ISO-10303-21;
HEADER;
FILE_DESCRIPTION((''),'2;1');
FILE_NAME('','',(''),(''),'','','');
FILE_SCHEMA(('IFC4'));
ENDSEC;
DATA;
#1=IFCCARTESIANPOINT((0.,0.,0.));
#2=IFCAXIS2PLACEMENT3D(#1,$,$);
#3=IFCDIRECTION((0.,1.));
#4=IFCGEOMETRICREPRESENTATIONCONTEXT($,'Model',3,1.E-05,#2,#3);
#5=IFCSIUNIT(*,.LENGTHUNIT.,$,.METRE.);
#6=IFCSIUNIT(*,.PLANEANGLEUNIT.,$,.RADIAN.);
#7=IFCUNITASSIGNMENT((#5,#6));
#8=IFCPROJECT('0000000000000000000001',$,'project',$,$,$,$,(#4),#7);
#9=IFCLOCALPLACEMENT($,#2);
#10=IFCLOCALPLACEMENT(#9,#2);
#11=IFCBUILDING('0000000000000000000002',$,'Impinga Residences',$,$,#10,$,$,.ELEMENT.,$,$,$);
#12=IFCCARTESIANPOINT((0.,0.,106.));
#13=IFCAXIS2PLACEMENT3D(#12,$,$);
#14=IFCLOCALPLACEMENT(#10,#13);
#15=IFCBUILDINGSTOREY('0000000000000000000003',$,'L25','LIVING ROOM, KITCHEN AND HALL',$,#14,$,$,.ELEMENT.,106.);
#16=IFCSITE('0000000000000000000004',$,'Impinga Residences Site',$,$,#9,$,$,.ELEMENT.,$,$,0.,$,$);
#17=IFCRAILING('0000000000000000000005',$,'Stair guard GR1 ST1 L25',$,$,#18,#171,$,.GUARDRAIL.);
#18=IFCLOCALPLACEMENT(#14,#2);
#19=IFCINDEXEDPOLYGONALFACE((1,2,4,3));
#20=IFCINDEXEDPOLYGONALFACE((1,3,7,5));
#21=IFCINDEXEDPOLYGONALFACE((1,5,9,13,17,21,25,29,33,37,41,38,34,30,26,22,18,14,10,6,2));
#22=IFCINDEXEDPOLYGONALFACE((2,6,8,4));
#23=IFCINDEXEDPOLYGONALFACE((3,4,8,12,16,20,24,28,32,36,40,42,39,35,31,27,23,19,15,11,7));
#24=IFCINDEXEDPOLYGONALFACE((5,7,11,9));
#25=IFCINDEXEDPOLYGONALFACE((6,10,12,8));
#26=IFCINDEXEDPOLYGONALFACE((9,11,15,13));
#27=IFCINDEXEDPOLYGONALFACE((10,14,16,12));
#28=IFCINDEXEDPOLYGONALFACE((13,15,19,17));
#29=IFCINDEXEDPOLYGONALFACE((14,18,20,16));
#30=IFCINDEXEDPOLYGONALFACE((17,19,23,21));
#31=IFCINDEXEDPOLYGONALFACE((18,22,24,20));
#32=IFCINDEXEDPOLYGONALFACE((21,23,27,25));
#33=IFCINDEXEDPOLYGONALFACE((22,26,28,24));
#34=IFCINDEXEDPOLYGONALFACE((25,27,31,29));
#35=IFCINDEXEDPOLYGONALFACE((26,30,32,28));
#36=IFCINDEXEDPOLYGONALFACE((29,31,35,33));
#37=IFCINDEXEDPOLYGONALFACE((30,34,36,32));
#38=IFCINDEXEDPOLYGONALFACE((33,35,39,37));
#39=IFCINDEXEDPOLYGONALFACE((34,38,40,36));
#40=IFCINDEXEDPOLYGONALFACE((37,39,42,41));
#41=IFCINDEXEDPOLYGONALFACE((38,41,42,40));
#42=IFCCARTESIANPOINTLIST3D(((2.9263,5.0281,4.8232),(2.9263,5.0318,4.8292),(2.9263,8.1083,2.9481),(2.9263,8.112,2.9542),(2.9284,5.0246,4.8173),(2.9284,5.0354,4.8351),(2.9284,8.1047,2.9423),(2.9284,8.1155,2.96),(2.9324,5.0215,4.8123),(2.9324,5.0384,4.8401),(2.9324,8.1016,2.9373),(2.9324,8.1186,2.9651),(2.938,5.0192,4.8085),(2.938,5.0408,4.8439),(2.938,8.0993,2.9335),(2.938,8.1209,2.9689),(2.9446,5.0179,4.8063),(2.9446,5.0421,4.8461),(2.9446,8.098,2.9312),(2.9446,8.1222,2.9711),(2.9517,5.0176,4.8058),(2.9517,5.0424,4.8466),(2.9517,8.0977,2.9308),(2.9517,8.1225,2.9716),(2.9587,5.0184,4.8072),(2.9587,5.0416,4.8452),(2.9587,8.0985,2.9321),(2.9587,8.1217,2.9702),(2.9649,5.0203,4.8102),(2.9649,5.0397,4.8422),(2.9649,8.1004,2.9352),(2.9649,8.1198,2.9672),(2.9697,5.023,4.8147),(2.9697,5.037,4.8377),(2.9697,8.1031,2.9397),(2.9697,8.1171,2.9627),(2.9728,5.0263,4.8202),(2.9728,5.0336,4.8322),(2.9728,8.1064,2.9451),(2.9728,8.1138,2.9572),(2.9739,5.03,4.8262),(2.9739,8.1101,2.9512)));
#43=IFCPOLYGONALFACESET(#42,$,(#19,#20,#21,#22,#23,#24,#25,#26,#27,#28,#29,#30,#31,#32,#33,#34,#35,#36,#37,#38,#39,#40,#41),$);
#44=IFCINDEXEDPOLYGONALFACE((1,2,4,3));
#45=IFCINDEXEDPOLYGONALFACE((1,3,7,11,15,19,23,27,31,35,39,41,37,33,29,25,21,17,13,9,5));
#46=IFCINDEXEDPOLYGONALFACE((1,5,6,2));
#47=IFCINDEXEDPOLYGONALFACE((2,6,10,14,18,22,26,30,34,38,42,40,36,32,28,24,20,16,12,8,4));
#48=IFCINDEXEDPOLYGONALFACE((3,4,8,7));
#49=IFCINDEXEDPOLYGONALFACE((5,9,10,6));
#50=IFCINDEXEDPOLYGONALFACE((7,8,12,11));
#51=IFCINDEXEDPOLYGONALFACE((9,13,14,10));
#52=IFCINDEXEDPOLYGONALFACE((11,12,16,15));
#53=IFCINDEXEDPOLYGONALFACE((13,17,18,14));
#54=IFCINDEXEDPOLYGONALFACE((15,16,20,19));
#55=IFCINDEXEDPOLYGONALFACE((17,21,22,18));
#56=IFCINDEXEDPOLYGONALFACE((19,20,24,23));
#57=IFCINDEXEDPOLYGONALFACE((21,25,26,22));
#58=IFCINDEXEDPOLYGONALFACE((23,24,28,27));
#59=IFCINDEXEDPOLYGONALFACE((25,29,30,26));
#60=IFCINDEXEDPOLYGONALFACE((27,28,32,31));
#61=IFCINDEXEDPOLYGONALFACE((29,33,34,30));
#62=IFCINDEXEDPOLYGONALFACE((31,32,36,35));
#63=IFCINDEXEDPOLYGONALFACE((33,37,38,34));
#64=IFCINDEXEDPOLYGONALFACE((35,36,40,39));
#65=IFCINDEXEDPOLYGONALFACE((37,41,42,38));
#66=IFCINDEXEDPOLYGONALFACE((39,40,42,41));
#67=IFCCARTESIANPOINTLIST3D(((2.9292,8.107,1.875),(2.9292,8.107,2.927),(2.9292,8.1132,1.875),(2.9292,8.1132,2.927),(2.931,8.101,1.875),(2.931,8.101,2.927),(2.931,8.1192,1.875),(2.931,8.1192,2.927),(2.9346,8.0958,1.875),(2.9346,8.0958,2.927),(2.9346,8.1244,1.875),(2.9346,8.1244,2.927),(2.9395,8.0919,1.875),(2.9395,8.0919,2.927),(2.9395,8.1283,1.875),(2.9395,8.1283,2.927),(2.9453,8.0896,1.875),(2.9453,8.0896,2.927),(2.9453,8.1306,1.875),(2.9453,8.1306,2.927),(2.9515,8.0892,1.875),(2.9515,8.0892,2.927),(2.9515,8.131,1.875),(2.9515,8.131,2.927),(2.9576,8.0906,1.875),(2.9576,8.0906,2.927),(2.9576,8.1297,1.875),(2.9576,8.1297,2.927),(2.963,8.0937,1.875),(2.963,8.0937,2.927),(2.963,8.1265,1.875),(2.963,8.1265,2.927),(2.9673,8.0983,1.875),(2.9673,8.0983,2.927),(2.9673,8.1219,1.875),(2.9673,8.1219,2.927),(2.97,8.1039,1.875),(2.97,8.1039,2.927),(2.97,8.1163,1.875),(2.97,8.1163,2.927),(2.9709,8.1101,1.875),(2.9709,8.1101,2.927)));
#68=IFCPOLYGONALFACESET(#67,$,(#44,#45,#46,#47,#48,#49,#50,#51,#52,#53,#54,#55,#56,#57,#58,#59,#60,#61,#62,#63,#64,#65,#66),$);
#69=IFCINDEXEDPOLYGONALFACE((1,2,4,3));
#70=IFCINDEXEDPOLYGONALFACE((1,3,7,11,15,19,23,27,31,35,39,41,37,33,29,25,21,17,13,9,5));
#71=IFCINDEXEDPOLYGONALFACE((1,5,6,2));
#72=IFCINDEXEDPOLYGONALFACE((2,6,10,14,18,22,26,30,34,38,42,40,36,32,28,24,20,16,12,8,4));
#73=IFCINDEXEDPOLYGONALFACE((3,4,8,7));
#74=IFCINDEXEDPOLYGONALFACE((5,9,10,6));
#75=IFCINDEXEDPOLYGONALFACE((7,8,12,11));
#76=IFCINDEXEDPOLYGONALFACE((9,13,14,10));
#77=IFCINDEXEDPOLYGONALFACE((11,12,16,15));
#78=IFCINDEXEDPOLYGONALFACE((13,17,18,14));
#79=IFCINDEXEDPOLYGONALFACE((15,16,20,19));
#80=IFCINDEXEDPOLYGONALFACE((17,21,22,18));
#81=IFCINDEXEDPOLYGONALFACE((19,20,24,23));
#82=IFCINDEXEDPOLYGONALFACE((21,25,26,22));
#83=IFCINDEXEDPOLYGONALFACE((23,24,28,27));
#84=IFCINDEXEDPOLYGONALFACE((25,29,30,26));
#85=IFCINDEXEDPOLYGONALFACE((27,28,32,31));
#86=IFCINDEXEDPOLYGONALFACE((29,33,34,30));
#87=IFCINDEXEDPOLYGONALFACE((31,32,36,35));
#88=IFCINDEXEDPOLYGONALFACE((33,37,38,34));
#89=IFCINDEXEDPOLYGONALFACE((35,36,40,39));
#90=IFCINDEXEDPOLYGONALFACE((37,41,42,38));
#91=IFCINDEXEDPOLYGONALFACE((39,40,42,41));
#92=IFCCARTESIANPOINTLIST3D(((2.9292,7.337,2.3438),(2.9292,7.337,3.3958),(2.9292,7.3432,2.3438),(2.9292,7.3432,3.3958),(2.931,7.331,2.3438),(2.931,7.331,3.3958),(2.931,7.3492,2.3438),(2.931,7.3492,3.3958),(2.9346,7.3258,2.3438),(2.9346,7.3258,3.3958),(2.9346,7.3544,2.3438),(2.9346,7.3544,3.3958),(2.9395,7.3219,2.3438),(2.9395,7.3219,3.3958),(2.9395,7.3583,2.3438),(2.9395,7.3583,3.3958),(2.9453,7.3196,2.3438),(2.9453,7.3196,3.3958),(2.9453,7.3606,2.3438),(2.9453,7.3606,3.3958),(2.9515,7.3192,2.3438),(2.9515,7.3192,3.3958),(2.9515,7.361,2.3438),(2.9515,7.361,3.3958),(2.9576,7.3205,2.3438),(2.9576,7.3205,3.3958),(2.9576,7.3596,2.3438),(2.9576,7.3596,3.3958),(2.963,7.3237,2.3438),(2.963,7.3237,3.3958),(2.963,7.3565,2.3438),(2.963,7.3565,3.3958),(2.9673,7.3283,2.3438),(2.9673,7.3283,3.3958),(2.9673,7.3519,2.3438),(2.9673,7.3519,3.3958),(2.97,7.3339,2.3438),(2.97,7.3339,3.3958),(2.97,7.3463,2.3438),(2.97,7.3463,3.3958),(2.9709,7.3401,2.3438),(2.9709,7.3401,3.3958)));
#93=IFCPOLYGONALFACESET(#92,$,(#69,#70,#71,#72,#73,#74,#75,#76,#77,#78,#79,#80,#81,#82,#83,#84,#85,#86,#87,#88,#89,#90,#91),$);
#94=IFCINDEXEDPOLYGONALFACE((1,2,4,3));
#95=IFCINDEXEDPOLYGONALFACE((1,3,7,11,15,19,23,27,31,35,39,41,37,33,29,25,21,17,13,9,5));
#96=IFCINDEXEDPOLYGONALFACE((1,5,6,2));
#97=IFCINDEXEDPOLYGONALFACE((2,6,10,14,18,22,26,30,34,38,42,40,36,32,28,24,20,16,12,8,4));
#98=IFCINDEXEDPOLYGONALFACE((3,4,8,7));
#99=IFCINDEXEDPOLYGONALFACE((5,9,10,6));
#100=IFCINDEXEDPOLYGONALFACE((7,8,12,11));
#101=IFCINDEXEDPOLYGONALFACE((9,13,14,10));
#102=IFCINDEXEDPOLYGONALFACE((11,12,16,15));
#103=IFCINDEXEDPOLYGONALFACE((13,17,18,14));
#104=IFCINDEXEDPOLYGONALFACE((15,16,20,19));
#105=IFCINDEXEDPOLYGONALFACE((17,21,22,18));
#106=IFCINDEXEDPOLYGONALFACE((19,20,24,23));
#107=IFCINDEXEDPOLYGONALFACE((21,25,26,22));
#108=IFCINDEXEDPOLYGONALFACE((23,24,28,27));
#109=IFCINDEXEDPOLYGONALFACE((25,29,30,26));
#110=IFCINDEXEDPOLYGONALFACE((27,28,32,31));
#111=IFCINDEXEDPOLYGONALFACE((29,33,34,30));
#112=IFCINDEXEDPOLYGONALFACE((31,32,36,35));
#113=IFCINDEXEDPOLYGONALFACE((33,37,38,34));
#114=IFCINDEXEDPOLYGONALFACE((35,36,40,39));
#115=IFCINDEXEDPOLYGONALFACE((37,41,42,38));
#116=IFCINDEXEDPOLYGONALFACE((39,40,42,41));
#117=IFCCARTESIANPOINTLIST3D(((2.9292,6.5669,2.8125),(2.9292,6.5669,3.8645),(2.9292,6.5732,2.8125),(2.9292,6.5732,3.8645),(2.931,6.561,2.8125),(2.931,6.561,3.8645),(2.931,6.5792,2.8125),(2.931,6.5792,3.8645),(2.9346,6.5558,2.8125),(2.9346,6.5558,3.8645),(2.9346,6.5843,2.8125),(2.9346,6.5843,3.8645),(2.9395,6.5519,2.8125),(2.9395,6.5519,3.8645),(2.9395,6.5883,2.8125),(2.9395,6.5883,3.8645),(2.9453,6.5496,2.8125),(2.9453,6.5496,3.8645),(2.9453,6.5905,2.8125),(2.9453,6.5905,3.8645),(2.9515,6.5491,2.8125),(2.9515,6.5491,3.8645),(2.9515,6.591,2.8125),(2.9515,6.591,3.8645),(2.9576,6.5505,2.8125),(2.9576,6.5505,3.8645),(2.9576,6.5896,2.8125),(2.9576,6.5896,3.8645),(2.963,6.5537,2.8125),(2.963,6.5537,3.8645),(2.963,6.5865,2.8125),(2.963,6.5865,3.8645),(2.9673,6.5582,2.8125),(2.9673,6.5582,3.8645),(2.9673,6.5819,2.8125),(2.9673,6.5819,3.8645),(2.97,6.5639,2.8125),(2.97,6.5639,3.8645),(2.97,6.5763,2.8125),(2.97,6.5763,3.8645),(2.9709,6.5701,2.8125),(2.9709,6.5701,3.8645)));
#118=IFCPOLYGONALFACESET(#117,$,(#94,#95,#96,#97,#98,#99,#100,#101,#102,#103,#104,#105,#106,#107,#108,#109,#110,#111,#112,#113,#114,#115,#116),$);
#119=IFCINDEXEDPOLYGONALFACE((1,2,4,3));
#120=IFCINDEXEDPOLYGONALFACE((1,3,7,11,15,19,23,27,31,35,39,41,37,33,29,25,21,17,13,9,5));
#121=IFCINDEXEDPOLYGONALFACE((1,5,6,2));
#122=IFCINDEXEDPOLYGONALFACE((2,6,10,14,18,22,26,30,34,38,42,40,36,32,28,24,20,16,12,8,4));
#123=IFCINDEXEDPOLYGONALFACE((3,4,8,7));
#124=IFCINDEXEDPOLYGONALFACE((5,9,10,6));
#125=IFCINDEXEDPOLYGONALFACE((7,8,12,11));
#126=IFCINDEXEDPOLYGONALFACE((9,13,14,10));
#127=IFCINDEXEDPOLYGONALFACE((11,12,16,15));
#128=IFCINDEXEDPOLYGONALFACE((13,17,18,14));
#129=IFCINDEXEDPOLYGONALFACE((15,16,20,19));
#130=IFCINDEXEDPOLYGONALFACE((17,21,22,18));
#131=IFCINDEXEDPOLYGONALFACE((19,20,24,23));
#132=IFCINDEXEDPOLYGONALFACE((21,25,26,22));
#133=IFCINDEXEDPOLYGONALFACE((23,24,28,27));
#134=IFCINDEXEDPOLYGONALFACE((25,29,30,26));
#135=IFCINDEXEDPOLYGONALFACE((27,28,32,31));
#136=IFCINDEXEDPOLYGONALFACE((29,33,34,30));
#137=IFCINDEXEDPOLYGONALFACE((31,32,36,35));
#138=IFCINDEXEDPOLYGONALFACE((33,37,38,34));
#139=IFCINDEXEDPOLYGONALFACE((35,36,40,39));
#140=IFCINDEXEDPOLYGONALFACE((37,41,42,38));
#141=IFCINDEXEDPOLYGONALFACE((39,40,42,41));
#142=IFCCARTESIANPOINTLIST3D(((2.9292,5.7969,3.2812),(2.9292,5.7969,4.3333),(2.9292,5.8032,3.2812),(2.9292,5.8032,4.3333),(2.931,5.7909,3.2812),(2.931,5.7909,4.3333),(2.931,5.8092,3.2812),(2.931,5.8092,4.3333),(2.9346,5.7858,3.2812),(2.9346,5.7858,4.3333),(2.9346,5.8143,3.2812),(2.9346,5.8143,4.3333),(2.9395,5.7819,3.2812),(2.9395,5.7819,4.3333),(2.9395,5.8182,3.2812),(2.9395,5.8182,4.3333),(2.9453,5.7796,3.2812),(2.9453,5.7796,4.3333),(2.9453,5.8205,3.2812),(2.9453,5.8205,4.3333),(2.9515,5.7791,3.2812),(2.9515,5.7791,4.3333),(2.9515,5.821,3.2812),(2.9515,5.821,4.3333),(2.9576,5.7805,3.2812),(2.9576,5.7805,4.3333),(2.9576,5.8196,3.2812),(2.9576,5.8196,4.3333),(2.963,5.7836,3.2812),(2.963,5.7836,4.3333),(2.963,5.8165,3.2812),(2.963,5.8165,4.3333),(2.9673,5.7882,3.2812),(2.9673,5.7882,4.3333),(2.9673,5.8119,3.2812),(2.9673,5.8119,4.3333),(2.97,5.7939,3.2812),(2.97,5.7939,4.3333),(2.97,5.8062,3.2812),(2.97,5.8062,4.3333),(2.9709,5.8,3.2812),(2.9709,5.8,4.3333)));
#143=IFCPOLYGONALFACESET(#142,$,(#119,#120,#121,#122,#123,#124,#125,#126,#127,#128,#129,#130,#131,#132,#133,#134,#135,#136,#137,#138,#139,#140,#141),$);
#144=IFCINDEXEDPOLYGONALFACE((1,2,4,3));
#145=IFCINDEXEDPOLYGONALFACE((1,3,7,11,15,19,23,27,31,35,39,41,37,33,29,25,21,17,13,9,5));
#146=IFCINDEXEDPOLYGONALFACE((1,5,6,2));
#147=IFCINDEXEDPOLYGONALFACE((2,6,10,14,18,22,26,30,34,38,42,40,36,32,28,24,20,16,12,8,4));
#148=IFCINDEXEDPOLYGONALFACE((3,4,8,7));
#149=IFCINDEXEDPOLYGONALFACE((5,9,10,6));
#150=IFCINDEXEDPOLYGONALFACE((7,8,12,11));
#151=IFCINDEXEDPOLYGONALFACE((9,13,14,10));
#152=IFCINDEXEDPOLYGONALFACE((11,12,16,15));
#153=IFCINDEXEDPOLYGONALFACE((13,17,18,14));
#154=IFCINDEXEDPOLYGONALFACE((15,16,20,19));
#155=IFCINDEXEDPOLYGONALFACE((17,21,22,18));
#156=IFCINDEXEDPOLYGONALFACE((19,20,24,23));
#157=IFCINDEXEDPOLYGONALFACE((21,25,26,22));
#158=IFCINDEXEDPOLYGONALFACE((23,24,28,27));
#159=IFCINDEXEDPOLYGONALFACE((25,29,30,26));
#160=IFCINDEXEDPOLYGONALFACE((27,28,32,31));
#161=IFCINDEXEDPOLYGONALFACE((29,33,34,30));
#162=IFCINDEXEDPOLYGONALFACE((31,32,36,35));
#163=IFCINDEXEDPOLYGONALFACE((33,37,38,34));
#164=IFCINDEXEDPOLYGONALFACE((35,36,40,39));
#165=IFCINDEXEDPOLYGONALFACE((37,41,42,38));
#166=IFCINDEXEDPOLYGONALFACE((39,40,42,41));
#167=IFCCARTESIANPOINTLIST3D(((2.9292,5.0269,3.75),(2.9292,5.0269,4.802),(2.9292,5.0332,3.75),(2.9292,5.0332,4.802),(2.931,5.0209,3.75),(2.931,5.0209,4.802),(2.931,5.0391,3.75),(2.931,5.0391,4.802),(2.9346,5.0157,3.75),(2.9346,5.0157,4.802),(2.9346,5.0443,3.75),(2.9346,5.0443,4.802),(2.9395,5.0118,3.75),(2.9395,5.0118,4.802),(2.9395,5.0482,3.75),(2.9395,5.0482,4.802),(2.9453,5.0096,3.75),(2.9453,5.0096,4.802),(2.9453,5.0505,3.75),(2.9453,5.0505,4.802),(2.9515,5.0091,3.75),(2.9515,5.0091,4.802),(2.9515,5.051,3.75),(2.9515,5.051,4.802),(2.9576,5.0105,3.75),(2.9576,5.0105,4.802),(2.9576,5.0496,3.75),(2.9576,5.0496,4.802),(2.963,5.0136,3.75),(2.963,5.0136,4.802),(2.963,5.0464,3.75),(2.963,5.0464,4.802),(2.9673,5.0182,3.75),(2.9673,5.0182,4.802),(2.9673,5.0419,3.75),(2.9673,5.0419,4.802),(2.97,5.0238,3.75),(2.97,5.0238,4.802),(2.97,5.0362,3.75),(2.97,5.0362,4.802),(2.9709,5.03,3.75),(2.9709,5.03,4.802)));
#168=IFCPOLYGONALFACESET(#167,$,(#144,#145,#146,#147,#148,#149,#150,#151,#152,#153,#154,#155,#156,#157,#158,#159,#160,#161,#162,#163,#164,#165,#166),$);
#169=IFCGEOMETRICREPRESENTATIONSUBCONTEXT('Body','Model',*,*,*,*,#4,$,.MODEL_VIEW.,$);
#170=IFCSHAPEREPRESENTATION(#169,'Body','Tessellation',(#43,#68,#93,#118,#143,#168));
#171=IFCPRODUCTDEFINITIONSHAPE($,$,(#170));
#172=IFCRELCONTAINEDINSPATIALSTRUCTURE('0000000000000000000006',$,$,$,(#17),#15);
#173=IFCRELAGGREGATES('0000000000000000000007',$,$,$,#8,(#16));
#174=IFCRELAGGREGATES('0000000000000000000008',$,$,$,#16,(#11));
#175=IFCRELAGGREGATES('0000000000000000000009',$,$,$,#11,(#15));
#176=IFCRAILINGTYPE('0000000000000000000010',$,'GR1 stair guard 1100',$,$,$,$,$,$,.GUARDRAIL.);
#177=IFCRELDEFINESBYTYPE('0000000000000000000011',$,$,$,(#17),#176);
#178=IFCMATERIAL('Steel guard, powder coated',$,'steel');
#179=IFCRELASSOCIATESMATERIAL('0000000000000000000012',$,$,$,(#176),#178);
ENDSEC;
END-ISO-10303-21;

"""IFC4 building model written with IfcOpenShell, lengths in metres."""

from ifc_helpers import new_model, si_unit, direction, frame, origin, origin_2d, place, context, subcontext, project, spatial, circle, extrude, material, type_object, element, save


model = new_model("IFC4")

# Units and contexts
model_context = context("Model", 3, precision=1e-05, world=origin(), true_north=direction((0.0, 1.0)))
body_context = subcontext(model_context, "Body", "Model", "MODEL_VIEW")
ifc_project = project(units=[si_unit("LENGTHUNIT", "METRE"), si_unit("PLANEANGLEUNIT", "RADIAN")], contexts=[model_context])

# Site, building, storey
site_placement = place(None, origin())
site = spatial("IfcSite", under=ifc_project, at=site_placement, Name="Impinga Residences Site", CompositionType="ELEMENT", RefElevation=0.0)
building_placement = place(site_placement, origin())
building = spatial("IfcBuilding", under=site, at=building_placement, Name="Impinga Residences", CompositionType="ELEMENT")
storey_placement = place(building_placement, frame((0.0, 0.0, 106.0)))
storey = spatial("IfcBuildingStorey", under=building, at=storey_placement, Name="L25", Description="LIVING ROOM, KITCHEN AND HALL", CompositionType="ELEMENT", Elevation=106.0)

# Railing
ifc_material_1 = material(Name="Steel guard, powder coated", Category="steel")
railing_type_1 = type_object("IfcRailingType", Name="GR1 stair guard 1100", PredefinedType="GUARDRAIL", material=ifc_material_1)
railing_1_placement = place(storey_placement, frame((2.95, 8.1101, 1.875)))
element("IfcRailing", 1, at=railing_1_placement, inside=storey, type_object=railing_type_1, Name="Stair guard GR1 ST1 L25", PredefinedType="GUARDRAIL", context=body_context, shape_type="SweptSolid", body=[
    extrude(circle(Radius=0.0239, at=origin_2d()), frame((0.0, 0.0, 1.0762), z_axis=(0.0, -0.854178, 0.519981), x_axis=(1.0, 0.0, 0.0)), (0.0, 0.0, 1.0), 3.606),
    extrude(circle(Radius=0.021, at=origin_2d()), origin(), (0.0, 0.0, 1.0), 1.052),
    extrude(circle(Radius=0.021, at=origin_2d()), frame((0.0, -0.77, 0.4688)), (0.0, 0.0, 1.0), 1.052),
    extrude(circle(Radius=0.021, at=origin_2d()), frame((0.0, -1.54, 0.9375)), (0.0, 0.0, 1.0), 1.052),
    extrude(circle(Radius=0.021, at=origin_2d()), frame((0.0, -2.3101, 1.4062)), (0.0, 0.0, 1.0), 1.052),
    extrude(circle(Radius=0.021, at=origin_2d()), frame((0.0, -3.0801, 1.875)), (0.0, 0.0, 1.0), 1.052),
])

save(model, "model.ifc")
